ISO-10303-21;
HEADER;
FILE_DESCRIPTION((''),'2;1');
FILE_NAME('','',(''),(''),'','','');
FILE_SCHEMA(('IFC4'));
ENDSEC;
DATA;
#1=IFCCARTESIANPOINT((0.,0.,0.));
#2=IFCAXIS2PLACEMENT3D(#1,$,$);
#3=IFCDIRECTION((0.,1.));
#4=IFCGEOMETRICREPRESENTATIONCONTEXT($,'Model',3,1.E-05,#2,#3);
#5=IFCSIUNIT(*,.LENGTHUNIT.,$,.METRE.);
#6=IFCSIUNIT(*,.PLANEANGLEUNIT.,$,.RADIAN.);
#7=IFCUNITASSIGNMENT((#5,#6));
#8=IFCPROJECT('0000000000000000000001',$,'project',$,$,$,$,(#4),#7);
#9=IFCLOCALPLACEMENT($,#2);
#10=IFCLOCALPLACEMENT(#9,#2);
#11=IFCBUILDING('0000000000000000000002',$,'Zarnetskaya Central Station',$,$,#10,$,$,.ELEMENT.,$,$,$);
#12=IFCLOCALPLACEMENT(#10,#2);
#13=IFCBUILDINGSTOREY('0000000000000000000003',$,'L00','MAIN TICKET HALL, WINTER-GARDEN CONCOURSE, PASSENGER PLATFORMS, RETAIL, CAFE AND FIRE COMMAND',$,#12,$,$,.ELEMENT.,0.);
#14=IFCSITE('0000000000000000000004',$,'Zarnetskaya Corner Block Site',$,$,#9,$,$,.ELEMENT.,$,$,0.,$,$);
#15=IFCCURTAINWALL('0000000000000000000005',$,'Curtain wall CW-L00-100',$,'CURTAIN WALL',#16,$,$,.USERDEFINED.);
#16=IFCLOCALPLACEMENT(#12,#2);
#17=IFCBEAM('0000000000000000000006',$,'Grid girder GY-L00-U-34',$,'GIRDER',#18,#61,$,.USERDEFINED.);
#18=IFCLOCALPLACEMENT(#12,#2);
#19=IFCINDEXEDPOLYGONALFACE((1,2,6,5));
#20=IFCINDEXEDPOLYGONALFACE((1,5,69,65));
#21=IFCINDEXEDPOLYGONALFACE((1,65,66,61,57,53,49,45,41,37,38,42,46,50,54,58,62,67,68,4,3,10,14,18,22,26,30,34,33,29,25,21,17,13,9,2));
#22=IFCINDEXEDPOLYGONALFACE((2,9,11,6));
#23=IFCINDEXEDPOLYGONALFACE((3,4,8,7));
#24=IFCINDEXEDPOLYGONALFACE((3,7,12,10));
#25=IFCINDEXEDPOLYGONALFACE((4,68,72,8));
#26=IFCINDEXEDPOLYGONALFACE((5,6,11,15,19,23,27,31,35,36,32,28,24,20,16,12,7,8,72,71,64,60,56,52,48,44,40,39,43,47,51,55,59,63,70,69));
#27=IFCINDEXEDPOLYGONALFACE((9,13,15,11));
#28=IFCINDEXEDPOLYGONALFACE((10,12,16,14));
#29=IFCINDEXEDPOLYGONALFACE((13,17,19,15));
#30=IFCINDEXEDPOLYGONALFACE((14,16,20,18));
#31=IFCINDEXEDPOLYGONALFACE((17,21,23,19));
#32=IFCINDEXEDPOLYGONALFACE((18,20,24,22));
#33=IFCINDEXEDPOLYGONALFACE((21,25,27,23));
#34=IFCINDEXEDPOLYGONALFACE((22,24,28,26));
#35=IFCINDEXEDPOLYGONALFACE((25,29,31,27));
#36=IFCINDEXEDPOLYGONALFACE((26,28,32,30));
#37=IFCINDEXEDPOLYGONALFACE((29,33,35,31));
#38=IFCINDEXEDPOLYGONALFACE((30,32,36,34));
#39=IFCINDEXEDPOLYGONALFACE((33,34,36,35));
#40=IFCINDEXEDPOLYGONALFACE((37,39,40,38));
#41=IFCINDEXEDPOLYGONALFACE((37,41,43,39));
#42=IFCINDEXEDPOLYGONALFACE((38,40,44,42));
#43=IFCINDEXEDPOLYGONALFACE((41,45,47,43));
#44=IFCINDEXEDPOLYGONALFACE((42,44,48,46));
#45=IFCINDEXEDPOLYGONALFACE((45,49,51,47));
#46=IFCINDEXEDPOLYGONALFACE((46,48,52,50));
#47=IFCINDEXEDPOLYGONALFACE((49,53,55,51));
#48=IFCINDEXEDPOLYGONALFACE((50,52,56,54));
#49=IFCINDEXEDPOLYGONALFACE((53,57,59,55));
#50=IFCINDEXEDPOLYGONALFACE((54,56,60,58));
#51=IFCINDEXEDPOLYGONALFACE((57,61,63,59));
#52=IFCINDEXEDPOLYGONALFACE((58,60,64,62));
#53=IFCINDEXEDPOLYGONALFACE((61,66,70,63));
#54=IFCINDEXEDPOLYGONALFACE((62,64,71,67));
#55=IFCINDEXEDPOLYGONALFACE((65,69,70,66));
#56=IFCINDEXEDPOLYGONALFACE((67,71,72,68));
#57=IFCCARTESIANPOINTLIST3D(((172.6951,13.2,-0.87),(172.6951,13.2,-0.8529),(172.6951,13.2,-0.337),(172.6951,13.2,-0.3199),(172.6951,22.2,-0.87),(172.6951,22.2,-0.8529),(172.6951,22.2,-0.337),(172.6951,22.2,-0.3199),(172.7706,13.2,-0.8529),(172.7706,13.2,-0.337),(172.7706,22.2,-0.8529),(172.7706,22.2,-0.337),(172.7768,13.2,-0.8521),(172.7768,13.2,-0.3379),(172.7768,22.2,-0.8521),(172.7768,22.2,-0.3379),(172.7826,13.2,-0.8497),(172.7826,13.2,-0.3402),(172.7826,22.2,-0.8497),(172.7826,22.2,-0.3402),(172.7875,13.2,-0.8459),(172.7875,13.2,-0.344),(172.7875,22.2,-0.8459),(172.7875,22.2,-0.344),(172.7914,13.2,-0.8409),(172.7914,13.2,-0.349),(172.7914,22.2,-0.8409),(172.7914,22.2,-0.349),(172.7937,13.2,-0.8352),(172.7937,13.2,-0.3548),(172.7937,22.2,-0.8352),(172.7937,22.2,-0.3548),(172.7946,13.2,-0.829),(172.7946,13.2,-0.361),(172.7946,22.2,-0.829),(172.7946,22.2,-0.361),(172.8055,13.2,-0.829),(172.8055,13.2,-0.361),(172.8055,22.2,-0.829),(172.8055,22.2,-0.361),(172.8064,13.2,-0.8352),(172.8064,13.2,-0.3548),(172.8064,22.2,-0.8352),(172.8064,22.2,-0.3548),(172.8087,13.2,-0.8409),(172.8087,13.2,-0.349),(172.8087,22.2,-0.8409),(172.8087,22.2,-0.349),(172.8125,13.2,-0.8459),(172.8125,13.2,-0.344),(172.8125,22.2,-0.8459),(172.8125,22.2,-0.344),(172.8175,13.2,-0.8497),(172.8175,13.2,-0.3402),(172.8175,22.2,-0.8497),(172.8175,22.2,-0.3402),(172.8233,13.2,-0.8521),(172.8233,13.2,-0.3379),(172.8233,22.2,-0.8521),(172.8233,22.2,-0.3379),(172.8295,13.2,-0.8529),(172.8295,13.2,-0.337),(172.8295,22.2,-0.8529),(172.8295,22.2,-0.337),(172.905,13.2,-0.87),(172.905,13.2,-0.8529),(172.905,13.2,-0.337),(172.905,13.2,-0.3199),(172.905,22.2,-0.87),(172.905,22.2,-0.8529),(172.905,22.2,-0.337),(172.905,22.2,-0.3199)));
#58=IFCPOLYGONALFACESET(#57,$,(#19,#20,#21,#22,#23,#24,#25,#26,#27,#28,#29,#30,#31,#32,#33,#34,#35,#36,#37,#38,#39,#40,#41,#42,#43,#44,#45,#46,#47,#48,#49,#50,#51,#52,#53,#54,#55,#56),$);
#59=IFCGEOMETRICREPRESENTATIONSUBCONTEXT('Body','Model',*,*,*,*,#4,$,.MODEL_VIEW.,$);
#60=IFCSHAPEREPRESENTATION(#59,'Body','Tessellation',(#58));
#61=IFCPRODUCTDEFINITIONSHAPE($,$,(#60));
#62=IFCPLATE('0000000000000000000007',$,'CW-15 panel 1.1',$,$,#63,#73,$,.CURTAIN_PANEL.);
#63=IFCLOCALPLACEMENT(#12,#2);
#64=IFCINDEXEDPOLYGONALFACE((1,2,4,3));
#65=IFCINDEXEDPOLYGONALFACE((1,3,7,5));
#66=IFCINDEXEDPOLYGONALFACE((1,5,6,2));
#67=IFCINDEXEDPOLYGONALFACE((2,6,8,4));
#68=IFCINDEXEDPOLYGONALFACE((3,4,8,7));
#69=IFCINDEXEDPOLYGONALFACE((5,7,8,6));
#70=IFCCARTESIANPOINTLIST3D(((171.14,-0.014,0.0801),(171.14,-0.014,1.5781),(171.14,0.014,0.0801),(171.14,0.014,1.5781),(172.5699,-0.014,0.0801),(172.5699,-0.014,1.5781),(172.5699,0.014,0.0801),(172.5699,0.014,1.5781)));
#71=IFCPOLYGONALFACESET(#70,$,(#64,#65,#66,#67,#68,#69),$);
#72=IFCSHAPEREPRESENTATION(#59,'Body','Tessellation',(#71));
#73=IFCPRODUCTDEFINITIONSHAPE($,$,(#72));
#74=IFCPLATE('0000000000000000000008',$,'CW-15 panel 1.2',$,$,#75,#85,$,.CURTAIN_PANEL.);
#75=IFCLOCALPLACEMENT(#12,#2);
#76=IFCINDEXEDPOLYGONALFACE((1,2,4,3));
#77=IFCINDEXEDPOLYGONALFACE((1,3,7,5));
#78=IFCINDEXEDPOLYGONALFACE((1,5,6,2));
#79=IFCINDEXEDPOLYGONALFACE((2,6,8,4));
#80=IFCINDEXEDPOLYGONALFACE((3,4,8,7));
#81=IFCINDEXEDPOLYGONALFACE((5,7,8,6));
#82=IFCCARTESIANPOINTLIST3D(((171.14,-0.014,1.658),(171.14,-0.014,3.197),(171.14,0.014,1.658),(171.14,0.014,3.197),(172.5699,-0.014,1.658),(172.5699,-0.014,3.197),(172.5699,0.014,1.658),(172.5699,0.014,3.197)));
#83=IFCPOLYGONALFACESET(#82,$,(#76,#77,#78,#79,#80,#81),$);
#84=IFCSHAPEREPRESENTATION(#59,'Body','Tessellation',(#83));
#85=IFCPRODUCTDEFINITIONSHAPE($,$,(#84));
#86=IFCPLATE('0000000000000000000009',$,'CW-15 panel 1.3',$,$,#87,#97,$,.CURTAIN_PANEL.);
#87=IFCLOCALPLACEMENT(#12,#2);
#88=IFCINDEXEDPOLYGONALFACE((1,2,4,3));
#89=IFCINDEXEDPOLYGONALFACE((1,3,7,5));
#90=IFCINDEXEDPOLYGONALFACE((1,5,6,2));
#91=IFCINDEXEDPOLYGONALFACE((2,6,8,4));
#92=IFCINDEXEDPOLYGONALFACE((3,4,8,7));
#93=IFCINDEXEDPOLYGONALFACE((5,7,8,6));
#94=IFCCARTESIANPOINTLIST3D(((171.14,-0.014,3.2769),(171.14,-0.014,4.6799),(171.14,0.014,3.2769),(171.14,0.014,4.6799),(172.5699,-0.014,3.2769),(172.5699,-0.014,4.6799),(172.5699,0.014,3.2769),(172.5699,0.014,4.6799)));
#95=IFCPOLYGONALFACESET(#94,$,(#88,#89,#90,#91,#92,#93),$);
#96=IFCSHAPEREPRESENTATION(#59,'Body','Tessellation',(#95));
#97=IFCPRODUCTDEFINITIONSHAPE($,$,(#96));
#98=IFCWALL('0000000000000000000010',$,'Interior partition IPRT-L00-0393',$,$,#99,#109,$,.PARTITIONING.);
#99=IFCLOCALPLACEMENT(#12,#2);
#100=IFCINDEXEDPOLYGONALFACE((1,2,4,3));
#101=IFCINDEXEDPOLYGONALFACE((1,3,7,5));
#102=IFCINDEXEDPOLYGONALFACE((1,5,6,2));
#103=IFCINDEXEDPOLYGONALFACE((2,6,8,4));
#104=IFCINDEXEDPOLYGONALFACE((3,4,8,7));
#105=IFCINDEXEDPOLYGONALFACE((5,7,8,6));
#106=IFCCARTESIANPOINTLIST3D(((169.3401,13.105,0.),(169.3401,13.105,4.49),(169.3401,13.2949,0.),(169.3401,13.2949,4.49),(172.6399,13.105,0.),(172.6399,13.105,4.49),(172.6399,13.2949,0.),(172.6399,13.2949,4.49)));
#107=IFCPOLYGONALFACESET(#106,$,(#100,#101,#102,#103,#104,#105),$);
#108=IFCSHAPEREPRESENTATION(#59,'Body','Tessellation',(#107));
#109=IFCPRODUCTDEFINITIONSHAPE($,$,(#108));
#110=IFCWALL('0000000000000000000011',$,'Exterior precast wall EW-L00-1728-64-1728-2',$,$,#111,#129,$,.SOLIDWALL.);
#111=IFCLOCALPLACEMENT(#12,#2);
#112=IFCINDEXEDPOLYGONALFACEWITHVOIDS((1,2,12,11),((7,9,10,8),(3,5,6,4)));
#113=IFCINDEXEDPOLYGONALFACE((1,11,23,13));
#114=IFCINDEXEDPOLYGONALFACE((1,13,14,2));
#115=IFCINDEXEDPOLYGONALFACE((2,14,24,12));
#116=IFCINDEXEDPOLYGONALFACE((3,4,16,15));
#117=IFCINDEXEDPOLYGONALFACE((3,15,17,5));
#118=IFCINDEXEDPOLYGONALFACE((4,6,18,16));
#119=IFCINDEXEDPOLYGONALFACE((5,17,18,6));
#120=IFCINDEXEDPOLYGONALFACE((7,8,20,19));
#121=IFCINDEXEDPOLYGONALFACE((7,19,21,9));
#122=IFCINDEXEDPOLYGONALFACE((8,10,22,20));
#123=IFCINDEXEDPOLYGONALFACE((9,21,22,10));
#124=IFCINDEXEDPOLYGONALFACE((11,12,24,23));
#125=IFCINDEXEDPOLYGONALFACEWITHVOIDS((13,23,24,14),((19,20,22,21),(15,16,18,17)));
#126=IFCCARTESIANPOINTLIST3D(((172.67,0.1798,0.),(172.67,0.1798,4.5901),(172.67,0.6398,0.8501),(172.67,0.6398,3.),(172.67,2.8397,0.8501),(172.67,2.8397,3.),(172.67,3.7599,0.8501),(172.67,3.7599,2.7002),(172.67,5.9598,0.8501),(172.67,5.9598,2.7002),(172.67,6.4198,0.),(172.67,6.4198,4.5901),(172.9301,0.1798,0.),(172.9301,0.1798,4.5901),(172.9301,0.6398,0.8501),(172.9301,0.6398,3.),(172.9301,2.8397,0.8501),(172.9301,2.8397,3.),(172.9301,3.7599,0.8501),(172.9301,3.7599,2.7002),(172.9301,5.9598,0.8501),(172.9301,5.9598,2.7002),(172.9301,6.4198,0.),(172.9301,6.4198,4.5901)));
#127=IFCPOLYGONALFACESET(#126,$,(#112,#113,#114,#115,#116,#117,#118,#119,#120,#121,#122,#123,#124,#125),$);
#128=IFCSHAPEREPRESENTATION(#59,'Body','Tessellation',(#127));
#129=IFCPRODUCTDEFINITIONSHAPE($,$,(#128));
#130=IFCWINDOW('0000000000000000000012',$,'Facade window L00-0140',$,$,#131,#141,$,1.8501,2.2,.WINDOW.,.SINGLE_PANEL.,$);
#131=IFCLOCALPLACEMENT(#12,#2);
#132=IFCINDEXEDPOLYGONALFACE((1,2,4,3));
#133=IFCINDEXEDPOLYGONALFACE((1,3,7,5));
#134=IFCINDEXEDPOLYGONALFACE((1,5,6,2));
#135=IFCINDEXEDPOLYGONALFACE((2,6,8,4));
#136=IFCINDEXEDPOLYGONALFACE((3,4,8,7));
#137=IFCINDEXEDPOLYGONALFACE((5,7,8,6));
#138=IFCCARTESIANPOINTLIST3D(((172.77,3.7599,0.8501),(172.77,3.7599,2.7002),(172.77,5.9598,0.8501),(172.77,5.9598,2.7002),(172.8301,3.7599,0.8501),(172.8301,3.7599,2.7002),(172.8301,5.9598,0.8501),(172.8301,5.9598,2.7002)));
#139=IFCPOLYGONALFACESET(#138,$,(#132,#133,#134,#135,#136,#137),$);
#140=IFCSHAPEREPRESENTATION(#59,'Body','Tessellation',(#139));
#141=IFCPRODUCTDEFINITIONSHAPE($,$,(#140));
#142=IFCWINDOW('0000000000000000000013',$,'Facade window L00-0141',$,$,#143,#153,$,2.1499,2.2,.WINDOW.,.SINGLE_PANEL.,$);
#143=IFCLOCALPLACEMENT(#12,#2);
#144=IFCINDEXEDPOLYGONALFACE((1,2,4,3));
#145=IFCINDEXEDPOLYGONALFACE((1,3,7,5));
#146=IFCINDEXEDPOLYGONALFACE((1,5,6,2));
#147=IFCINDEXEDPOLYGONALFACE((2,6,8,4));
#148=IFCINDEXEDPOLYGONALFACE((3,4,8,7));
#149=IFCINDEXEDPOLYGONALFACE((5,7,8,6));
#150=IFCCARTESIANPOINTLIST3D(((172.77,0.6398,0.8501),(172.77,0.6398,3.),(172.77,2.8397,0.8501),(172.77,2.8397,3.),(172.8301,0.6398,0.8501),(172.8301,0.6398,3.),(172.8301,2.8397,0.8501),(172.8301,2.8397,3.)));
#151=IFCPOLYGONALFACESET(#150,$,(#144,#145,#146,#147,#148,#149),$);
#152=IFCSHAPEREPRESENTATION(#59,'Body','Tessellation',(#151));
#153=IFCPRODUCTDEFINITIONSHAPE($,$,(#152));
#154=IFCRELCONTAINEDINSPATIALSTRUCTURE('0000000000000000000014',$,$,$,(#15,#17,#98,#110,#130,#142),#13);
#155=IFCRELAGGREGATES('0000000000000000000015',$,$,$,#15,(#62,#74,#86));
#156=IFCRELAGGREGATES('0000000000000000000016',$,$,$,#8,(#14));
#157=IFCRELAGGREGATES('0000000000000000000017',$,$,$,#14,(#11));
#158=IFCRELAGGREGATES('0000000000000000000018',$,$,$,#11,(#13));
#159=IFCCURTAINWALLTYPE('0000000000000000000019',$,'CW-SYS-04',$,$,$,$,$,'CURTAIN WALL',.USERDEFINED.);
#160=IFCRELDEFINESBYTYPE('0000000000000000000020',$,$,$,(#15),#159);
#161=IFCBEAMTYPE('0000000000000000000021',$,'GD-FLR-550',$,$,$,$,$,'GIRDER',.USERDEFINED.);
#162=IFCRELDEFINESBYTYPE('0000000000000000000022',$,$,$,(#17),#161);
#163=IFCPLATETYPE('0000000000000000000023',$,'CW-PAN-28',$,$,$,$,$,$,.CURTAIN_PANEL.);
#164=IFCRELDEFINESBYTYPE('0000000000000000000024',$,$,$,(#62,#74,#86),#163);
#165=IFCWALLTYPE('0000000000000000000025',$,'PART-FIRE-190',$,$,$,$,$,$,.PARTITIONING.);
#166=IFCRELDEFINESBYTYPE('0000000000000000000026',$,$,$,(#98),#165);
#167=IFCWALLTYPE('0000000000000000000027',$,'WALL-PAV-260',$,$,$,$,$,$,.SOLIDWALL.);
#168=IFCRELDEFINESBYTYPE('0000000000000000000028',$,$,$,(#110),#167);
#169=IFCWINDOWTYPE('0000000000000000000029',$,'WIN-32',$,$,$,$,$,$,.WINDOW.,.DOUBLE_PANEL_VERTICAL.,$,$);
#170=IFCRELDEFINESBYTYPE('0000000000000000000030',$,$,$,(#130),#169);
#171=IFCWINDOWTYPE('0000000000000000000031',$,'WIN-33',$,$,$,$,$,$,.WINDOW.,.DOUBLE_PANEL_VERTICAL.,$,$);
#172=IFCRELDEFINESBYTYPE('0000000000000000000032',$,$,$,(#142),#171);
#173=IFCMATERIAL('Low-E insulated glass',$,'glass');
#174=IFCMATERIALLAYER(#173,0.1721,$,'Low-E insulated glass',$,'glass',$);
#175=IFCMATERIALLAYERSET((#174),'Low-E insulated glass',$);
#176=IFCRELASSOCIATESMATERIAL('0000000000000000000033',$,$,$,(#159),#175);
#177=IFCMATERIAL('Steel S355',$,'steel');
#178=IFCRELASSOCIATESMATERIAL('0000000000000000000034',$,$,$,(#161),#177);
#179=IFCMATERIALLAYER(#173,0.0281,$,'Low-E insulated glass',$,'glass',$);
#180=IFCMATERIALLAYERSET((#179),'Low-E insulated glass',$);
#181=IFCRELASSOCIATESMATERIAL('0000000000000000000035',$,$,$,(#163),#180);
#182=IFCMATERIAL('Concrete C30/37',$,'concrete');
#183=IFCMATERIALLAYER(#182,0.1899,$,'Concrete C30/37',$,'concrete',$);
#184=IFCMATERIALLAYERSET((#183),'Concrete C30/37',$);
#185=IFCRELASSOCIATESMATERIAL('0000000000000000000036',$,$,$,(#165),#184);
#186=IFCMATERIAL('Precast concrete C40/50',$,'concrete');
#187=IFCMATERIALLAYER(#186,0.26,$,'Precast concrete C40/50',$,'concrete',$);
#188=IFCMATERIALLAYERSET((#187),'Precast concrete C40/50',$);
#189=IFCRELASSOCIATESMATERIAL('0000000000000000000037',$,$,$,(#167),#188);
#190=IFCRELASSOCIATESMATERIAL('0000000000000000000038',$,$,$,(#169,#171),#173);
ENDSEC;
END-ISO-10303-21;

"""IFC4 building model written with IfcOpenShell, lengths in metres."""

from ifc_helpers import new_model, si_unit, direction, frame, frame_2d, origin, origin_2d, place, context, subcontext, project, spatial, rectangle, i_section, extrude, material, layer, layer_set, material_profile, profile_set, type_object, element, fill, aggregate, save


model = new_model("IFC4")

# Units and contexts
model_context = context("Model", 3, precision=1e-05, world=origin(), true_north=direction((0.0, 1.0)))
body_context = subcontext(model_context, "Body", "Model", "MODEL_VIEW")
ifc_project = project(units=[si_unit("LENGTHUNIT", "METRE"), si_unit("PLANEANGLEUNIT", "RADIAN")], contexts=[model_context])

# Site, building, storey
site_placement = place(None, origin())
site = spatial("IfcSite", under=ifc_project, at=site_placement, Name="Zarnetskaya Corner Block Site", CompositionType="ELEMENT", RefElevation=0.0)
building_placement = place(site_placement, origin())
building = spatial("IfcBuilding", under=site, at=building_placement, Name="Zarnetskaya Central Station", CompositionType="ELEMENT")
storey_placement = place(building_placement, origin())
storey = spatial("IfcBuildingStorey", under=building, at=storey_placement, Name="L00", Description="MAIN TICKET HALL, WINTER-GARDEN CONCOURSE, PASSENGER PLATFORMS, RETAIL, CAFE AND FIRE COMMAND", CompositionType="ELEMENT", Elevation=0.0)

# Shared definitions
ifc_material_1 = material(Name="Steel S355", Category="steel")

# Curtain wall
ifc_material_2 = material(Name="Low-E insulated glass", Category="glass")
ifc_layer_1 = layer(ifc_material_2, 0.1721, Name="Low-E insulated glass", Category="glass")
ifc_layer_set_1 = layer_set([ifc_layer_1], Name="Low-E insulated glass")
curtain_wall_type = type_object("IfcCurtainWallType", Name="CW-SYS-04", ElementType="CURTAIN WALL", PredefinedType="USERDEFINED", material=ifc_layer_set_1)
curtain_wall_placement = place(storey_placement, origin())
curtain_wall = element("IfcCurtainWall", 1, at=curtain_wall_placement, inside=storey, type_object=curtain_wall_type, Name="Curtain wall CW-L00-100", ObjectType="CURTAIN WALL", PredefinedType="USERDEFINED")

# Beam
ifc_material_profile_1 = material_profile(ifc_material_1, i_section(OverallWidth=0.21, OverallDepth=0.55, WebThickness=0.011, FlangeThickness=0.0171, FilletRadius=0.0239, at=origin_2d()), Name="IPE 550")
ifc_profile_set_1 = profile_set([ifc_material_profile_1], Name="Steel S355")
beam_type_1 = type_object("IfcBeamType", Name="GD-FLR-550", ElementType="GIRDER", PredefinedType="USERDEFINED", material=ifc_profile_set_1)
beam_1_placement = place(storey_placement, frame((172.8, 13.2, -0.595), z_axis=(0.0, 1.0, 0.0), x_axis=(-1.0, 0.0, 0.0)))
element("IfcBeam", 2, at=beam_1_placement, inside=storey, type_object=beam_type_1, Name="Grid girder GY-L00-U-34", ObjectType="GIRDER", PredefinedType="USERDEFINED", context=body_context, shape_type="SweptSolid", body=[
    extrude(i_section(OverallWidth=0.21, OverallDepth=0.55, WebThickness=0.011, FlangeThickness=0.0171, FilletRadius=0.0239, at=origin_2d()), origin(), (0.0, 0.0, 1.0), 9.0),
])

# Plates
ifc_layer_2 = layer(ifc_material_2, 0.0281, Name="Low-E insulated glass", Category="glass")
ifc_layer_set_2 = layer_set([ifc_layer_2], Name="Low-E insulated glass")
plate_type = type_object("IfcPlateType", Name="CW-PAN-28", PredefinedType="CURTAIN_PANEL", material=ifc_layer_set_2)
plate_1_placement = place(storey_placement, frame((171.855, 0.0, 0.0801), z_axis=(0.0, 0.0, 1.0), x_axis=(-1.0, 0.0, 0.0)))
plate_1 = element("IfcPlate", 3, at=plate_1_placement, type_object=plate_type, Name="CW-15 panel 1.1", PredefinedType="CURTAIN_PANEL", context=body_context, shape_type="SweptSolid", body=[
    extrude(rectangle(XDim=1.4299, YDim=0.0281, at=origin_2d()), origin(), (0.0, 0.0, 1.0), 1.498),
])
plate_2_placement = place(storey_placement, frame((171.855, 0.0, 1.658), z_axis=(0.0, 0.0, 1.0), x_axis=(-1.0, 0.0, 0.0)))
plate_2 = element("IfcPlate", 4, at=plate_2_placement, type_object=plate_type, Name="CW-15 panel 1.2", PredefinedType="CURTAIN_PANEL", context=body_context, shape_type="SweptSolid", body=[
    extrude(rectangle(XDim=1.4299, YDim=0.0281, at=origin_2d()), origin(), (0.0, 0.0, 1.0), 1.5391),
])
plate_3_placement = place(storey_placement, frame((171.855, 0.0, 3.2769), z_axis=(0.0, 0.0, 1.0), x_axis=(-1.0, 0.0, 0.0)))
plate_3 = element("IfcPlate", 5, at=plate_3_placement, type_object=plate_type, Name="CW-15 panel 1.3", PredefinedType="CURTAIN_PANEL", context=body_context, shape_type="SweptSolid", body=[
    extrude(rectangle(XDim=1.4299, YDim=0.0281, at=origin_2d()), origin(), (0.0, 0.0, 1.0), 1.4031),
])
aggregate(curtain_wall, [plate_1, plate_2, plate_3])

# Wall
ifc_material_3 = material(Name="Concrete C30/37", Category="concrete")
ifc_layer_3 = layer(ifc_material_3, 0.1899, Name="Concrete C30/37", Category="concrete")
ifc_layer_set_3 = layer_set([ifc_layer_3], Name="Concrete C30/37")
wall_type_1 = type_object("IfcWallType", Name="PART-FIRE-190", PredefinedType="PARTITIONING", material=ifc_layer_set_3)
wall_1_placement = place(storey_placement, frame((172.6399, 13.2, 0.0), z_axis=(0.0, 0.0, 1.0), x_axis=(-1.0, 0.0, 0.0)))
element("IfcWall", 6, at=wall_1_placement, inside=storey, type_object=wall_type_1, Name="Interior partition IPRT-L00-0393", PredefinedType="PARTITIONING", context=body_context, shape_type="SweptSolid", body=[
    extrude(rectangle(XDim=3.2998, YDim=0.1899, at=frame_2d((1.6499, 0.0))), origin(), (0.0, 0.0, 1.0), 4.49),
])

# Shared definitions
ifc_material_4 = material(Name="Precast concrete C40/50", Category="concrete")
ifc_layer_4 = layer(ifc_material_4, 0.26, Name="Precast concrete C40/50", Category="concrete")
ifc_layer_set_4 = layer_set([ifc_layer_4], Name="Precast concrete C40/50")
wall_type_2 = type_object("IfcWallType", Name="WALL-PAV-260", PredefinedType="SOLIDWALL", material=ifc_layer_set_4)

# Wall, openings, windows
wall_2_placement = place(storey_placement, frame((172.8, 6.4199, 0.0), z_axis=(0.0, 0.0, 1.0), x_axis=(0.0, -1.0, 0.0)))
wall_2 = element("IfcWall", 7, at=wall_2_placement, inside=storey, type_object=wall_type_2, Name="Exterior precast wall EW-L00-1728-64-1728-2", PredefinedType="SOLIDWALL", context=body_context, shape_type="SweptSolid", body=[
    extrude(rectangle(XDim=6.24, YDim=0.26, at=frame_2d((3.1201, 0.0))), origin(), (0.0, 0.0, 1.0), 4.5901),
])
opening_1_placement = place(wall_2_placement, frame((0.46, 0.0, 0.8501)))
opening_1 = element("IfcOpeningElement", 8, at=opening_1_placement, cuts=wall_2, PredefinedType="OPENING", context=body_context, shape_type="SweptSolid", body=[
    extrude(rectangle(XDim=2.2, YDim=1.8501, at=frame_2d((1.1001, 0.925))), frame((0.0, 0.1401, 0.0), z_axis=(0.0, -1.0, 0.0), x_axis=(1.0, 0.0, 0.0)), (0.0, 0.0, 1.0), 0.28),
])
opening_2_placement = place(wall_2_placement, frame((3.5801, 0.0, 0.8501)))
opening_2 = element("IfcOpeningElement", 9, at=opening_2_placement, cuts=wall_2, PredefinedType="OPENING", context=body_context, shape_type="SweptSolid", body=[
    extrude(rectangle(XDim=2.2, YDim=2.1499, at=frame_2d((1.1001, 1.075))), frame((0.0, 0.1401, 0.0), z_axis=(0.0, -1.0, 0.0), x_axis=(1.0, 0.0, 0.0)), (0.0, 0.0, 1.0), 0.28),
])
window_type_1 = type_object("IfcWindowType", Name="WIN-32", PartitioningType="DOUBLE_PANEL_VERTICAL", PredefinedType="WINDOW", material=ifc_material_2)
window_1_placement = place(opening_1_placement, origin())
window_1 = element("IfcWindow", 10, at=window_1_placement, inside=storey, type_object=window_type_1, Name="Facade window L00-0140", OverallHeight=1.8501, OverallWidth=2.2, PartitioningType="SINGLE_PANEL", PredefinedType="WINDOW", context=body_context, shape_type="SweptSolid", body=[
    extrude(rectangle(XDim=2.2, YDim=1.8501, at=frame_2d((1.1001, 0.925))), frame((0.0, 0.03, 0.0), z_axis=(0.0, -1.0, 0.0), x_axis=(1.0, 0.0, 0.0)), (0.0, 0.0, 1.0), 0.0601),
])
fill(opening_1, window_1)
window_type_2 = type_object("IfcWindowType", Name="WIN-33", PartitioningType="DOUBLE_PANEL_VERTICAL", PredefinedType="WINDOW", material=ifc_material_2)
window_2_placement = place(opening_2_placement, origin())
window_2 = element("IfcWindow", 11, at=window_2_placement, inside=storey, type_object=window_type_2, Name="Facade window L00-0141", OverallHeight=2.1499, OverallWidth=2.2, PartitioningType="SINGLE_PANEL", PredefinedType="WINDOW", context=body_context, shape_type="SweptSolid", body=[
    extrude(rectangle(XDim=2.2, YDim=2.1499, at=frame_2d((1.1001, 1.075))), frame((0.0, 0.03, 0.0), z_axis=(0.0, -1.0, 0.0), x_axis=(1.0, 0.0, 0.0)), (0.0, 0.0, 1.0), 0.0601),
])
fill(opening_2, window_2)

save(model, "model.ifc")
